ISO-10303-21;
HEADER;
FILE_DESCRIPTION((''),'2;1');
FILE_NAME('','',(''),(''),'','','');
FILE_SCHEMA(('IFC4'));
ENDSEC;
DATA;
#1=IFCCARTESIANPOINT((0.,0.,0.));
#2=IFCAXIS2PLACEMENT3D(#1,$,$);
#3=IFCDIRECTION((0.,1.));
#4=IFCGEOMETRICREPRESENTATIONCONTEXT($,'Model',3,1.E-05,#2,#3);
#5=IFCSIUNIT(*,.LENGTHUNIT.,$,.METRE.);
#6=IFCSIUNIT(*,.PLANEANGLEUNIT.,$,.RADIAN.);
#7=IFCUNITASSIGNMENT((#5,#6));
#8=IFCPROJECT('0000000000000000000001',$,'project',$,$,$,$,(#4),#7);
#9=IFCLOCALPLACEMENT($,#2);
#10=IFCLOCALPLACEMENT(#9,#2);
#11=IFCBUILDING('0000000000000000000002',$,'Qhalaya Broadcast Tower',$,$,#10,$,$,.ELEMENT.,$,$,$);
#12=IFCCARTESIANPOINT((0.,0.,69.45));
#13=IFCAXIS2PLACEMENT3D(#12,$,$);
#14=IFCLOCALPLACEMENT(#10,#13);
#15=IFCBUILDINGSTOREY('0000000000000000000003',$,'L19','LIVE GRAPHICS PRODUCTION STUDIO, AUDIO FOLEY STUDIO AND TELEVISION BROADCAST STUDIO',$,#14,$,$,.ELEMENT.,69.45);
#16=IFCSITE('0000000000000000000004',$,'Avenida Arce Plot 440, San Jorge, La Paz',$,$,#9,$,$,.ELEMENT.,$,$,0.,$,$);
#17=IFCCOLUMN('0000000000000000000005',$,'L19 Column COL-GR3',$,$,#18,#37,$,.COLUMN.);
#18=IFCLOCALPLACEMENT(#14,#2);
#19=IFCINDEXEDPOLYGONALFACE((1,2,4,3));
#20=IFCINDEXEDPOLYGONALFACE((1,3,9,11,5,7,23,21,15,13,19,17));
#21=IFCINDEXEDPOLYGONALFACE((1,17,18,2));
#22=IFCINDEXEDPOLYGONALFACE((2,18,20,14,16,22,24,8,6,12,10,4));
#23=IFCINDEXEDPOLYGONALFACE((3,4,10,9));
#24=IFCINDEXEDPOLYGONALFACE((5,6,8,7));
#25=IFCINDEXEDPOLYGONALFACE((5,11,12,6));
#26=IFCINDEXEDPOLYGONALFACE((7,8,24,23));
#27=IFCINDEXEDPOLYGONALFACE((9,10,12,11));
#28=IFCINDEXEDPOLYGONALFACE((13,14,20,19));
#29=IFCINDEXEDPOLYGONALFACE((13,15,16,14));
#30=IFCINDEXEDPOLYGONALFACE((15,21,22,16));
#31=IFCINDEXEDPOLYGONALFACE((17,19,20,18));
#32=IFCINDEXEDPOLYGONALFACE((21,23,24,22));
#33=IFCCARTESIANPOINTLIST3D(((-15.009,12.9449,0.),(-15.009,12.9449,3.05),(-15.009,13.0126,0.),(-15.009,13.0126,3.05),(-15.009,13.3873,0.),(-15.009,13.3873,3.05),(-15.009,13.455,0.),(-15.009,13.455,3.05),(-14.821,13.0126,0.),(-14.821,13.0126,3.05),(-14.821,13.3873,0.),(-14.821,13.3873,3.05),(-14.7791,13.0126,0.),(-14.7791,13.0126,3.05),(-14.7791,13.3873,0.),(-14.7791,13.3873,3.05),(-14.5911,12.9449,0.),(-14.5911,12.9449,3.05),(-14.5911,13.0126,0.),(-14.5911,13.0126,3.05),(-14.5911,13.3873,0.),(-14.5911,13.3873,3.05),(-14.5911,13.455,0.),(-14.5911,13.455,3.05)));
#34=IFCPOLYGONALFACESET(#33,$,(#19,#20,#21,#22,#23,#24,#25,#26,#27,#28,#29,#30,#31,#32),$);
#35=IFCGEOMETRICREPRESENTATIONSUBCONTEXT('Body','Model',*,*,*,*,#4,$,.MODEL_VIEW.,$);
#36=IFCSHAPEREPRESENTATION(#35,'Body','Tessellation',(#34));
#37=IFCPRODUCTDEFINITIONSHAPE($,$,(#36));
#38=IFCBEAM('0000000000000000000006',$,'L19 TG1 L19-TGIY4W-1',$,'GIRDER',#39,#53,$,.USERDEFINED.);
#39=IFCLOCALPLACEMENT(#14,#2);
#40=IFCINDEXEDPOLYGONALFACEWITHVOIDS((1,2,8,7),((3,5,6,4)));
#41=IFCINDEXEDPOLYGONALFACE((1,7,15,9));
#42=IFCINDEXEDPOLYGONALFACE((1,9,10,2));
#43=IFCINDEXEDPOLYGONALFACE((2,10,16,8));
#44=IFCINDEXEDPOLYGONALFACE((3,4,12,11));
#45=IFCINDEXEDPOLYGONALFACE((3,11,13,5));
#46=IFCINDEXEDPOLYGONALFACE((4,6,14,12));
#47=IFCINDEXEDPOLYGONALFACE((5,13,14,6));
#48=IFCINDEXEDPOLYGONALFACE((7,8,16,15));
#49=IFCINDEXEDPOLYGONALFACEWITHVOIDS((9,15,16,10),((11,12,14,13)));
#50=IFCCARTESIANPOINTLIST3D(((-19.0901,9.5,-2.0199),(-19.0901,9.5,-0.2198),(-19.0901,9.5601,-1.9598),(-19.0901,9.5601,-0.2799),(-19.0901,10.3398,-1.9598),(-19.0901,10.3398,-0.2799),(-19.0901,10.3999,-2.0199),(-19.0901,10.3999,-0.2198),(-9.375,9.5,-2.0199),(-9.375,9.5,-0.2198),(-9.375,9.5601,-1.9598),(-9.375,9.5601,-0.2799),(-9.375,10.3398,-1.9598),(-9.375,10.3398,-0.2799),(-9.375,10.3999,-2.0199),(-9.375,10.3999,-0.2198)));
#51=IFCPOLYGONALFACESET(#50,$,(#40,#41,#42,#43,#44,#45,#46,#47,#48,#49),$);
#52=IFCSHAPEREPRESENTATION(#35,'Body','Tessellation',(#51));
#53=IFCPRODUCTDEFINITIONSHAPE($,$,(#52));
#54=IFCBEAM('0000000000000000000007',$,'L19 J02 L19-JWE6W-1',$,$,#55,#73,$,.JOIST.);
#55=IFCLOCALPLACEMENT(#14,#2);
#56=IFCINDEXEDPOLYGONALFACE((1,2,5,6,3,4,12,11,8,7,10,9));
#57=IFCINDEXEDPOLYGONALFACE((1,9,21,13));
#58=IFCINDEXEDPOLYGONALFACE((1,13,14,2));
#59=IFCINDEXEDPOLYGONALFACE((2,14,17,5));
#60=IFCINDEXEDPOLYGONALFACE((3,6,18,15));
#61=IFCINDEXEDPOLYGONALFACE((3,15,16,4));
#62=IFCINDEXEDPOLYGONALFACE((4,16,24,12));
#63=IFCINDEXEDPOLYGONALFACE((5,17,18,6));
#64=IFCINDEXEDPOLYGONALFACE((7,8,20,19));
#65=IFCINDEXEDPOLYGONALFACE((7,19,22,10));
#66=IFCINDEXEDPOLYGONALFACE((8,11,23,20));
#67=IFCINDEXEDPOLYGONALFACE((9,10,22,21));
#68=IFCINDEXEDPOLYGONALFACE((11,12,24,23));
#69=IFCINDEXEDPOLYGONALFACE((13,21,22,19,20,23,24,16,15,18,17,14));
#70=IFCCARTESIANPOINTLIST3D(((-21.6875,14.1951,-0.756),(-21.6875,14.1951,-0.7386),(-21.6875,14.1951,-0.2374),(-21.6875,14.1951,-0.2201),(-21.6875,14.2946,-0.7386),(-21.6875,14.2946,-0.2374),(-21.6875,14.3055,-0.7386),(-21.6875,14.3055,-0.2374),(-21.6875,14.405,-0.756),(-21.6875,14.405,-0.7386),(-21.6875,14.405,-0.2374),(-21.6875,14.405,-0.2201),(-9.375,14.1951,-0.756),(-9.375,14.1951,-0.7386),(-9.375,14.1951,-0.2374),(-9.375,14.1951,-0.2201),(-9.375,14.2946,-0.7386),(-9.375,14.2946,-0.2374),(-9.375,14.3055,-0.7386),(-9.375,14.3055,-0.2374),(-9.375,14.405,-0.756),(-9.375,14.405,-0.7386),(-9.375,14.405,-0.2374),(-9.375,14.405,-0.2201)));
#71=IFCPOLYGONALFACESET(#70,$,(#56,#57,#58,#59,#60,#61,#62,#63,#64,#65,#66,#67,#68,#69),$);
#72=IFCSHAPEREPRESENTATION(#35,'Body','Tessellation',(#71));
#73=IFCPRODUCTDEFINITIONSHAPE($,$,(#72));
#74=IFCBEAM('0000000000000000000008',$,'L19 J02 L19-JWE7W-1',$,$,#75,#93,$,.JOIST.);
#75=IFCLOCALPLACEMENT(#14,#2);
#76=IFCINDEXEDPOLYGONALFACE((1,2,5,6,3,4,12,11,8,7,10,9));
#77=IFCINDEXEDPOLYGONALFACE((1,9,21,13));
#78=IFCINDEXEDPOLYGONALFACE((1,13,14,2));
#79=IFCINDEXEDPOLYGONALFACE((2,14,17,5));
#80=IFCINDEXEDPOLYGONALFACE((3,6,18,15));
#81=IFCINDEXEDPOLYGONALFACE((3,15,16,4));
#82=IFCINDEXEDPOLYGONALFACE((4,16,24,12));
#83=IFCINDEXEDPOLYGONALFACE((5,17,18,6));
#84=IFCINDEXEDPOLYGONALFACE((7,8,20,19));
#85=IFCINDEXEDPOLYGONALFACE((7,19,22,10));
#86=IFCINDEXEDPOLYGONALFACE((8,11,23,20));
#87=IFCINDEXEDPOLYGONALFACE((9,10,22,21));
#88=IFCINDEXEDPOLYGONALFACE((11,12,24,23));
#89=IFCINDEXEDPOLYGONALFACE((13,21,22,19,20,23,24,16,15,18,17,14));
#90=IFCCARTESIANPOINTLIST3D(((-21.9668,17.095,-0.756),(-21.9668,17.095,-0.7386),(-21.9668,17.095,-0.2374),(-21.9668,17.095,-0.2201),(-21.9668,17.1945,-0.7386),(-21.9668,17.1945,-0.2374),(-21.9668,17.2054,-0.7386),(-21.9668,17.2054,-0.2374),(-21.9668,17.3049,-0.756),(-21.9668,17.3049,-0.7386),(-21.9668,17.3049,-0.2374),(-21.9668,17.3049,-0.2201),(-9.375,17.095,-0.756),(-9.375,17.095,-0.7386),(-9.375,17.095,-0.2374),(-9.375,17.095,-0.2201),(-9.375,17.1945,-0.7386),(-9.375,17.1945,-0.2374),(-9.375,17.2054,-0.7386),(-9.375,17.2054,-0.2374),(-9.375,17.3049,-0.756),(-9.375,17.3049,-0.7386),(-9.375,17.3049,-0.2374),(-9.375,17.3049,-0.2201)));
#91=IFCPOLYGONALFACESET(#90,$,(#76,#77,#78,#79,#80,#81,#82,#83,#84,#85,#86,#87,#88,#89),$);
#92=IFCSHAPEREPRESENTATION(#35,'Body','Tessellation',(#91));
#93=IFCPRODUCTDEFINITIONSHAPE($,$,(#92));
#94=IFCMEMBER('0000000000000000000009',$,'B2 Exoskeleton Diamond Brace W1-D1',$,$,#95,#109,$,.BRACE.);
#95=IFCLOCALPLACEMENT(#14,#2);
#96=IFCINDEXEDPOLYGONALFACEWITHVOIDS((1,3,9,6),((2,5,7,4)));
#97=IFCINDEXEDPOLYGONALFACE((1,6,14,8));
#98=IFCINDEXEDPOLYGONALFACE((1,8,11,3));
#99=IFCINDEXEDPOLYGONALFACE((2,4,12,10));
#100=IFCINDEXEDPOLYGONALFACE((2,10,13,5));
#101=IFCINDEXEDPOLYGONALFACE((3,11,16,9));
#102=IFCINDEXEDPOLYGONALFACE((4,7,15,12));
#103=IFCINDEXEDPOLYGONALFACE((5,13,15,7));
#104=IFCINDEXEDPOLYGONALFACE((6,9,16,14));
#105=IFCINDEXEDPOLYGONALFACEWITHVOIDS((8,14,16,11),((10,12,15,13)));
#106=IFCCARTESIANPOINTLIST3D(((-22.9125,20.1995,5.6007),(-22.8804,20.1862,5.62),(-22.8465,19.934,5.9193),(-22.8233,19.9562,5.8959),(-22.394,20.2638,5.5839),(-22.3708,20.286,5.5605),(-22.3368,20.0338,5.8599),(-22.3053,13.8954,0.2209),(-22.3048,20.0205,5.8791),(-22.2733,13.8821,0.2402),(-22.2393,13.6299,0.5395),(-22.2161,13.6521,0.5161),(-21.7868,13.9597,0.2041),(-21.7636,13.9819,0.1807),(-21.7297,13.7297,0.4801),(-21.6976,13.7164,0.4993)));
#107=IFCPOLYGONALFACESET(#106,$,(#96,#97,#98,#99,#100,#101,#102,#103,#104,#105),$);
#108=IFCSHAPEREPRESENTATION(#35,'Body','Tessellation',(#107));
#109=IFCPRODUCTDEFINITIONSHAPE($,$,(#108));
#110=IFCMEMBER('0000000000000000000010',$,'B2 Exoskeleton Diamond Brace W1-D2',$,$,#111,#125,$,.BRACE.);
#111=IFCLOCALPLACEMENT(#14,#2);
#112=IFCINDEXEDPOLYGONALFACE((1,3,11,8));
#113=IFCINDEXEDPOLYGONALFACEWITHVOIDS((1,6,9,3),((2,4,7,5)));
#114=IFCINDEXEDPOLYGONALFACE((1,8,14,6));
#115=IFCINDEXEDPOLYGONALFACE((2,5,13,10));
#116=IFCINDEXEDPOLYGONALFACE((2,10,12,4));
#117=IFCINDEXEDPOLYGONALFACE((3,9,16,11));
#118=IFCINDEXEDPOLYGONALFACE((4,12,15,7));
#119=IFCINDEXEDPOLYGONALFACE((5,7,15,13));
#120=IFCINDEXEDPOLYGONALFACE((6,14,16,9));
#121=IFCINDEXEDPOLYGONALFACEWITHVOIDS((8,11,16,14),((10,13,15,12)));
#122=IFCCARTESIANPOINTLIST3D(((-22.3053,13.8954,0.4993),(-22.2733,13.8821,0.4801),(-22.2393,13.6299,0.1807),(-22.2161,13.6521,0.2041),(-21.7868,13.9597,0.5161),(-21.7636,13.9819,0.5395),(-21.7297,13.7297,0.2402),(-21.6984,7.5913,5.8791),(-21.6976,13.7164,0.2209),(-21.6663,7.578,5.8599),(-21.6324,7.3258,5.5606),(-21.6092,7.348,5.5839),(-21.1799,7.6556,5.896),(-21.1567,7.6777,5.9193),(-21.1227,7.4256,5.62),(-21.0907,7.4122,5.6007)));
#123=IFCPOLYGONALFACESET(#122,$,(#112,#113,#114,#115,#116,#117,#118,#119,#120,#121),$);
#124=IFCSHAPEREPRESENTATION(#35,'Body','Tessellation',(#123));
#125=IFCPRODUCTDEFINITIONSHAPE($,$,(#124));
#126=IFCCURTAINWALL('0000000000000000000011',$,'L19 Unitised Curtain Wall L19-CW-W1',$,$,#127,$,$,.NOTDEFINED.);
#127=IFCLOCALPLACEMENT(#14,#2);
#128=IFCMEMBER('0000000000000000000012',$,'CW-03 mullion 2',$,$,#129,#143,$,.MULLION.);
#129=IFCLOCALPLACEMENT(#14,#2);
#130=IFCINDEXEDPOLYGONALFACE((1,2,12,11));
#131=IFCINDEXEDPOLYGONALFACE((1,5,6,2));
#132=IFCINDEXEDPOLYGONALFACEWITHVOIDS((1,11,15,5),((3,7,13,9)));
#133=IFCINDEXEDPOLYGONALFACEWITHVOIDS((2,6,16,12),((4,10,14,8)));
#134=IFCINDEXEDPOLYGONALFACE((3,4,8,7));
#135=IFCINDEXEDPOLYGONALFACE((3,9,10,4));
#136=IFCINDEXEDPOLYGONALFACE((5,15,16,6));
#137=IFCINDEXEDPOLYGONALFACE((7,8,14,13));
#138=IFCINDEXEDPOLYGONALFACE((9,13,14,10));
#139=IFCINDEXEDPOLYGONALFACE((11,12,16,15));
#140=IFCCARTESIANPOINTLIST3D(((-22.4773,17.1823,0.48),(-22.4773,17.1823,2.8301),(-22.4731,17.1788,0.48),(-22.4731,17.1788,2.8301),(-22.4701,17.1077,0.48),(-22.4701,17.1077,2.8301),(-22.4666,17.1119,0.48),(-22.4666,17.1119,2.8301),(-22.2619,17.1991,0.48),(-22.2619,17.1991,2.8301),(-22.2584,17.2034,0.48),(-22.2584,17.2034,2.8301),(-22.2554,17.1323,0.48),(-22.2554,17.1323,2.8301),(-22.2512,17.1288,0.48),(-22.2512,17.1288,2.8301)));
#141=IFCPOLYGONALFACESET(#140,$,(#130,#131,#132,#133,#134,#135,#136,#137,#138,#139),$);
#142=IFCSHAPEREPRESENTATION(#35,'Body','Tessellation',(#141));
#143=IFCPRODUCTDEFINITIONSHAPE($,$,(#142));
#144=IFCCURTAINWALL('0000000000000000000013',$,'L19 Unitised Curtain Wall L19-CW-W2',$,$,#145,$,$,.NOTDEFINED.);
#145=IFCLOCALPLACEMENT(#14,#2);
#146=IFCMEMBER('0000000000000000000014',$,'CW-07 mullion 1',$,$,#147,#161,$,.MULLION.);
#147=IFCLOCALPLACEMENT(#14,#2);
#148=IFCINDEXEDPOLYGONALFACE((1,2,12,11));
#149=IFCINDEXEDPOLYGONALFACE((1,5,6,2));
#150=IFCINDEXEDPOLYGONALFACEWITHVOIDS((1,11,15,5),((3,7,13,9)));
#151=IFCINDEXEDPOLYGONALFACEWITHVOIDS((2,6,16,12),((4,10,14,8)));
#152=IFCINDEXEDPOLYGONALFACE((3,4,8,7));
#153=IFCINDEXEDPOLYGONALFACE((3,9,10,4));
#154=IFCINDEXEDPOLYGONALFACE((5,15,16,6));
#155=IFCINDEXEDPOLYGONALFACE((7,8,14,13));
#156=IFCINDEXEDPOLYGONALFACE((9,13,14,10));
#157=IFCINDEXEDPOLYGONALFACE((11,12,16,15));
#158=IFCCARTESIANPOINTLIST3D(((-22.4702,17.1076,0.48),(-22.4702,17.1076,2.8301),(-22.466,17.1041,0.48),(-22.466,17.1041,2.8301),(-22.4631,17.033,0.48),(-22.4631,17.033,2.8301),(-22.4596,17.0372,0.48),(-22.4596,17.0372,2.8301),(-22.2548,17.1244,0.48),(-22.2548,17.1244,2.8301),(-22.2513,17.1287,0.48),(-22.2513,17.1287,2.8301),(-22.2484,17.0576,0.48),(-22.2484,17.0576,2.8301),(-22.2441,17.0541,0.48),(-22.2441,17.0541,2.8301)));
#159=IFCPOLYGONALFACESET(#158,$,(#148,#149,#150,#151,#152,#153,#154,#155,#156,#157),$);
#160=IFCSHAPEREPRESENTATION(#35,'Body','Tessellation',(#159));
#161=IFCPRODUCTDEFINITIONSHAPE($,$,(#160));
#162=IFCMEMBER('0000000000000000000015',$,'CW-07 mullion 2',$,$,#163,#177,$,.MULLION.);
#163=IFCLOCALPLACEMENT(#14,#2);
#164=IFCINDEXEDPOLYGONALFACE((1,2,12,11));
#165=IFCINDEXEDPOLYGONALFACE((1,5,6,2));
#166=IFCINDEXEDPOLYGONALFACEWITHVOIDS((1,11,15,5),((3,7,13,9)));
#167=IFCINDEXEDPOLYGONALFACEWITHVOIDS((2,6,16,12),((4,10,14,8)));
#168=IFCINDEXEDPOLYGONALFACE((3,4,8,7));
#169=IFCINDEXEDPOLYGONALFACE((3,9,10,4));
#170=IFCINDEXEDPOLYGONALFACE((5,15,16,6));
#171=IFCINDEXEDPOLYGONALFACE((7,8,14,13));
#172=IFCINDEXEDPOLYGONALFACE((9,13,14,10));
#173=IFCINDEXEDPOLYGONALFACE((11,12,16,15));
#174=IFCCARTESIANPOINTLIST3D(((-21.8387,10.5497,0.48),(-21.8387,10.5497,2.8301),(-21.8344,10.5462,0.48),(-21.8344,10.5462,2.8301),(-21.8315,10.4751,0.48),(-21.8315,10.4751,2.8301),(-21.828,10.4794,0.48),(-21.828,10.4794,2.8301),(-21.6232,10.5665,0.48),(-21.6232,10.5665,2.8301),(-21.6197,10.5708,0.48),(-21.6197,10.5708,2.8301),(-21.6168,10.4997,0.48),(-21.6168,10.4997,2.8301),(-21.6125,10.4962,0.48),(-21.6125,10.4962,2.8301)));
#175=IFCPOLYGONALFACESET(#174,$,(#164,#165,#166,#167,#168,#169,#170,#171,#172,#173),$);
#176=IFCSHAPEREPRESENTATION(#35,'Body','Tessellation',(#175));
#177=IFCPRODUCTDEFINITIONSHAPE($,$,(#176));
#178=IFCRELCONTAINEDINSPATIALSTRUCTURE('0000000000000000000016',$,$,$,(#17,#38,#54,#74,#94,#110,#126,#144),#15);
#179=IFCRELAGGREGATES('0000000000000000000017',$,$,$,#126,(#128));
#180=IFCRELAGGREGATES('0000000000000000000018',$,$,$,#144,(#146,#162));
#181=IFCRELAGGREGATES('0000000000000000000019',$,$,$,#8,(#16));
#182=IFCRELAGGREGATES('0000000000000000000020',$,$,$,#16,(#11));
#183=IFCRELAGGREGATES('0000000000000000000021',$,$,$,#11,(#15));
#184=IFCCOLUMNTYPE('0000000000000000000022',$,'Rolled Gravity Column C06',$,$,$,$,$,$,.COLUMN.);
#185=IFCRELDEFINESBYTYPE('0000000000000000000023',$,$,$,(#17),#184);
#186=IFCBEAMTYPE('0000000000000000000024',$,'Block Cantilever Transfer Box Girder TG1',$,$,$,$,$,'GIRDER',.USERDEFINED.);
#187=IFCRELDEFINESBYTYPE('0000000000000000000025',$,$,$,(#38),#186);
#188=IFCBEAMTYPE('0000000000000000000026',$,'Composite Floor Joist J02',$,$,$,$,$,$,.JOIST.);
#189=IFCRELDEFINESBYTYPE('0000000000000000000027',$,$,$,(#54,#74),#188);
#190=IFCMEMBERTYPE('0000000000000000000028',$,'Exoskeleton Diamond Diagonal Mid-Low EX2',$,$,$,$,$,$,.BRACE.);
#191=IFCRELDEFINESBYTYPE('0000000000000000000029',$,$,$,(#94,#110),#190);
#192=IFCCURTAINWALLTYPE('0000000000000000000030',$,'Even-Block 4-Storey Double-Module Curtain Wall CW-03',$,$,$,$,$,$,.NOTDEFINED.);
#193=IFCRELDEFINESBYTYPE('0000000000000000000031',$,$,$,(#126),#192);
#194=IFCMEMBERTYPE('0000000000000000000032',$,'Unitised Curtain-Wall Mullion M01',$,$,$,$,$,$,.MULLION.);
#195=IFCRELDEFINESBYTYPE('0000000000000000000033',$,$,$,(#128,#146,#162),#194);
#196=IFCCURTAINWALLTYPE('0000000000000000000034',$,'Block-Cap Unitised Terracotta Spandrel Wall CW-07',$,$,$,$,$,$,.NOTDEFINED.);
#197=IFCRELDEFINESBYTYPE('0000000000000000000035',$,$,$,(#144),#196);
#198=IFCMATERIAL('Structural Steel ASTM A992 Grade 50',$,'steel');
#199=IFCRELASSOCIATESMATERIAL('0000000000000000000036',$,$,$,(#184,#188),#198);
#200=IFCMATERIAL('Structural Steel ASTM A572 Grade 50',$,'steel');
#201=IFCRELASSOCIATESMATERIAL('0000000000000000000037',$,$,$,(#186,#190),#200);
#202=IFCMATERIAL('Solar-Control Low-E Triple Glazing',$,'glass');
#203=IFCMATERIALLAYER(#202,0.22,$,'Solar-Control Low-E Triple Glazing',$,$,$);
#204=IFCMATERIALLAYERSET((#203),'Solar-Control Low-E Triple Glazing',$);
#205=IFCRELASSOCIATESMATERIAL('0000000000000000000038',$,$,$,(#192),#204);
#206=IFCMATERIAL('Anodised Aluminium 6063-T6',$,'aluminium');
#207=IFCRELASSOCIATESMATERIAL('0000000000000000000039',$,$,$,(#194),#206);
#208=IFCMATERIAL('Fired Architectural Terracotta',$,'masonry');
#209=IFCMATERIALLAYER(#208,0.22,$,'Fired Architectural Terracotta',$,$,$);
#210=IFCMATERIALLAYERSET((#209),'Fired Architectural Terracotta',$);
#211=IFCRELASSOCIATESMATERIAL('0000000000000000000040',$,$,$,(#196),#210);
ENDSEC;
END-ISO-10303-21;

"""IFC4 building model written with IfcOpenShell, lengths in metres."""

from ifc_helpers import new_model, si_unit, direction, frame, origin, origin_2d, place, context, subcontext, project, spatial, hollow_rectangle, i_section, extrude, material, layer, layer_set, material_profile, profile_set, type_object, element, aggregate, save


model = new_model("IFC4")

# Units and contexts
model_context = context("Model", 3, precision=1e-05, world=origin(), true_north=direction((0.0, 1.0)))
body_context = subcontext(model_context, "Body", "Model", "MODEL_VIEW")
ifc_project = project(units=[si_unit("LENGTHUNIT", "METRE"), si_unit("PLANEANGLEUNIT", "RADIAN")], contexts=[model_context])

# Site, building, storey
site_placement = place(None, origin())
site = spatial("IfcSite", under=ifc_project, at=site_placement, Name="Avenida Arce Plot 440, San Jorge, La Paz", CompositionType="ELEMENT", RefElevation=0.0)
building_placement = place(site_placement, origin())
building = spatial("IfcBuilding", under=site, at=building_placement, Name="Qhalaya Broadcast Tower", CompositionType="ELEMENT")
storey_placement = place(building_placement, frame((0.0, 0.0, 69.45)))
storey = spatial("IfcBuildingStorey", under=building, at=storey_placement, Name="L19", Description="LIVE GRAPHICS PRODUCTION STUDIO, AUDIO FOLEY STUDIO AND TELEVISION BROADCAST STUDIO", CompositionType="ELEMENT", Elevation=69.45)

# Column
ifc_material_1 = material(Name="Structural Steel ASTM A992 Grade 50", Category="steel")
ifc_material_profile_1 = material_profile(ifc_material_1, i_section(OverallWidth=0.418, OverallDepth=0.51, WebThickness=0.042, FlangeThickness=0.0676, at=origin_2d()), Name="W14X370")
ifc_profile_set_1 = profile_set([ifc_material_profile_1], Name="Structural Steel ASTM A992 Grade 50")
column_type = type_object("IfcColumnType", Name="Rolled Gravity Column C06", PredefinedType="COLUMN", material=ifc_profile_set_1)
column_placement = place(storey_placement, frame((-14.8, 13.2, 0.0), z_axis=(0.0, 0.0, 1.0), x_axis=(1.0, 0.0, 0.0)))
element("IfcColumn", 1, at=column_placement, inside=storey, type_object=column_type, Name="L19 Column COL-GR3", PredefinedType="COLUMN", context=body_context, shape_type="SweptSolid", body=[
    extrude(i_section(OverallWidth=0.418, OverallDepth=0.51, WebThickness=0.042, FlangeThickness=0.0676, at=origin_2d()), origin(), (0.0, 0.0, 1.0), 3.05),
])

# Beams
ifc_material_2 = material(Name="Structural Steel ASTM A572 Grade 50", Category="steel")
ifc_material_profile_2 = material_profile(ifc_material_2, hollow_rectangle(XDim=0.8999, YDim=1.8, WallThickness=0.0601, at=origin_2d()), Name="BOX 900x1800x60")
ifc_profile_set_2 = profile_set([ifc_material_profile_2], Name="Structural Steel ASTM A572 Grade 50")
beam_type_1 = type_object("IfcBeamType", Name="Block Cantilever Transfer Box Girder TG1", ElementType="GIRDER", PredefinedType="USERDEFINED", material=ifc_profile_set_2)
beam_1_placement = place(storey_placement, frame((-19.0901, 9.95, -1.1199), z_axis=(1.0, 0.0, 0.0), x_axis=(0.0, 1.0, 0.0)))
element("IfcBeam", 2, at=beam_1_placement, inside=storey, type_object=beam_type_1, Name="L19 TG1 L19-TGIY4W-1", ObjectType="GIRDER", PredefinedType="USERDEFINED", context=body_context, shape_type="SweptSolid", body=[
    extrude(hollow_rectangle(XDim=0.8999, YDim=1.8, WallThickness=0.0601, at=origin_2d()), origin(), (0.0, 0.0, 1.0), 9.7151),
])
ifc_material_profile_3 = material_profile(ifc_material_1, i_section(OverallWidth=0.21, OverallDepth=0.5359, WebThickness=0.011, FlangeThickness=0.0173, at=origin_2d()), Name="W21X68")
ifc_profile_set_3 = profile_set([ifc_material_profile_3], Name="Structural Steel ASTM A992 Grade 50")
beam_type_2 = type_object("IfcBeamType", Name="Composite Floor Joist J02", PredefinedType="JOIST", material=ifc_profile_set_3)
beam_2_placement = place(storey_placement, frame((-21.6875, 14.3, -0.488), z_axis=(1.0, 0.0, 0.0), x_axis=(0.0, 1.0, 0.0)))
element("IfcBeam", 3, at=beam_2_placement, inside=storey, type_object=beam_type_2, Name="L19 J02 L19-JWE6W-1", PredefinedType="JOIST", context=body_context, shape_type="SweptSolid", body=[
    extrude(i_section(OverallWidth=0.21, OverallDepth=0.5359, WebThickness=0.011, FlangeThickness=0.0173, at=origin_2d()), origin(), (0.0, 0.0, 1.0), 12.3125),
])
beam_3_placement = place(storey_placement, frame((-21.9668, 17.2, -0.488), z_axis=(1.0, 0.0, 0.0), x_axis=(0.0, 1.0, 0.0)))
element("IfcBeam", 4, at=beam_3_placement, inside=storey, type_object=beam_type_2, Name="L19 J02 L19-JWE7W-1", PredefinedType="JOIST", context=body_context, shape_type="SweptSolid", body=[
    extrude(i_section(OverallWidth=0.21, OverallDepth=0.5359, WebThickness=0.011, FlangeThickness=0.0173, at=origin_2d()), origin(), (0.0, 0.0, 1.0), 12.5918),
])

# Members
ifc_material_profile_4 = material_profile(ifc_material_2, hollow_rectangle(XDim=0.4199, YDim=0.55, WallThickness=0.0281, at=origin_2d()), Name="BOX 420x550x28")
ifc_profile_set_4 = profile_set([ifc_material_profile_4], Name="Structural Steel ASTM A572 Grade 50")
member_type_1 = type_object("IfcMemberType", Name="Exoskeleton Diamond Diagonal Mid-Low EX2", PredefinedType="BRACE", material=ifc_profile_set_4)
for number, where, z_axis, x_axis, name in (
    (5, (-22.0015, 13.8059, 0.3601), (-0.073067, 0.758636, 0.647405), (0.157185, -0.632268, 0.758637), "B2 Exoskeleton Diamond Brace W1-D1"),
    (6, (-22.0015, 13.8059, 0.3601), (0.073037, -0.758637, 0.647406), (-0.157161, 0.632275, 0.758636), "B2 Exoskeleton Diamond Brace W1-D2"),
):
    element("IfcMember", number, at=place(storey_placement, frame(where, z_axis=z_axis, x_axis=x_axis)), inside=storey, type_object=member_type_1, Name=name, PredefinedType="BRACE", context=body_context, shape_type="SweptSolid", body=[
        extrude(hollow_rectangle(XDim=0.4199, YDim=0.55, WallThickness=0.0281, at=origin_2d()), origin(), (0.0, 0.0, 1.0), 8.3098),
    ])

# Curtain wall, member
ifc_material_3 = material(Name="Solar-Control Low-E Triple Glazing", Category="glass")
ifc_layer_1 = layer(ifc_material_3, 0.22, Name="Solar-Control Low-E Triple Glazing")
ifc_layer_set_1 = layer_set([ifc_layer_1], Name="Solar-Control Low-E Triple Glazing")
curtain_wall_type_1 = type_object("IfcCurtainWallType", Name="Even-Block 4-Storey Double-Module Curtain Wall CW-03", PredefinedType="NOTDEFINED", material=ifc_layer_set_1)
curtain_wall_1_placement = place(storey_placement, origin())
curtain_wall_1 = element("IfcCurtainWall", 7, at=curtain_wall_1_placement, inside=storey, type_object=curtain_wall_type_1, Name="L19 Unitised Curtain Wall L19-CW-W1", PredefinedType="NOTDEFINED")
ifc_material_4 = material(Name="Anodised Aluminium 6063-T6", Category="aluminium")
ifc_material_profile_5 = material_profile(ifc_material_4, hollow_rectangle(XDim=0.075, YDim=0.22, WallThickness=0.0039, at=origin_2d()), Name="ALU-MUL 75x220x4")
ifc_profile_set_5 = profile_set([ifc_material_profile_5], Name="Anodised Aluminium 6063-T6")
member_type_2 = type_object("IfcMemberType", Name="Unitised Curtain-Wall Mullion M01", PredefinedType="MULLION", material=ifc_profile_set_5)
member_1_placement = place(storey_placement, frame((-22.3643, 17.1555, 0.48), z_axis=(0.0, 0.0, 1.0), x_axis=(0.095835, -0.995397, 0.0)))
member_1 = element("IfcMember", 8, at=member_1_placement, type_object=member_type_2, Name="CW-03 mullion 2", PredefinedType="MULLION", context=body_context, shape_type="SweptSolid", body=[
    extrude(hollow_rectangle(XDim=0.075, YDim=0.22, WallThickness=0.0039, at=origin_2d()), origin(), (0.0, 0.0, 1.0), 2.3501),
])
aggregate(curtain_wall_1, [member_1])

# Curtain wall, members
ifc_material_5 = material(Name="Fired Architectural Terracotta", Category="masonry")
ifc_layer_2 = layer(ifc_material_5, 0.22, Name="Fired Architectural Terracotta")
ifc_layer_set_2 = layer_set([ifc_layer_2], Name="Fired Architectural Terracotta")
curtain_wall_type_2 = type_object("IfcCurtainWallType", Name="Block-Cap Unitised Terracotta Spandrel Wall CW-07", PredefinedType="NOTDEFINED", material=ifc_layer_set_2)
curtain_wall_2_placement = place(storey_placement, origin())
curtain_wall_2 = element("IfcCurtainWall", 9, at=curtain_wall_2_placement, inside=storey, type_object=curtain_wall_type_2, Name="L19 Unitised Curtain Wall L19-CW-W2", PredefinedType="NOTDEFINED")
member_2_placement = place(storey_placement, frame((-22.3572, 17.0808, 0.48), z_axis=(0.0, 0.0, 1.0), x_axis=(0.095857, -0.995395, 0.0)))
member_2 = element("IfcMember", 10, at=member_2_placement, type_object=member_type_2, Name="CW-07 mullion 1", PredefinedType="MULLION", context=body_context, shape_type="SweptSolid", body=[
    extrude(hollow_rectangle(XDim=0.075, YDim=0.22, WallThickness=0.0039, at=origin_2d()), origin(), (0.0, 0.0, 1.0), 2.3501),
])
member_3_placement = place(storey_placement, frame((-21.7256, 10.5229, 0.48), z_axis=(0.0, 0.0, 1.0), x_axis=(0.095857, -0.995395, 0.0)))
member_3 = element("IfcMember", 11, at=member_3_placement, type_object=member_type_2, Name="CW-07 mullion 2", PredefinedType="MULLION", context=body_context, shape_type="SweptSolid", body=[
    extrude(hollow_rectangle(XDim=0.075, YDim=0.22, WallThickness=0.0039, at=origin_2d()), origin(), (0.0, 0.0, 1.0), 2.3501),
])

aggregate(curtain_wall_2, [member_2, member_3])

save(model, "model.ifc")
